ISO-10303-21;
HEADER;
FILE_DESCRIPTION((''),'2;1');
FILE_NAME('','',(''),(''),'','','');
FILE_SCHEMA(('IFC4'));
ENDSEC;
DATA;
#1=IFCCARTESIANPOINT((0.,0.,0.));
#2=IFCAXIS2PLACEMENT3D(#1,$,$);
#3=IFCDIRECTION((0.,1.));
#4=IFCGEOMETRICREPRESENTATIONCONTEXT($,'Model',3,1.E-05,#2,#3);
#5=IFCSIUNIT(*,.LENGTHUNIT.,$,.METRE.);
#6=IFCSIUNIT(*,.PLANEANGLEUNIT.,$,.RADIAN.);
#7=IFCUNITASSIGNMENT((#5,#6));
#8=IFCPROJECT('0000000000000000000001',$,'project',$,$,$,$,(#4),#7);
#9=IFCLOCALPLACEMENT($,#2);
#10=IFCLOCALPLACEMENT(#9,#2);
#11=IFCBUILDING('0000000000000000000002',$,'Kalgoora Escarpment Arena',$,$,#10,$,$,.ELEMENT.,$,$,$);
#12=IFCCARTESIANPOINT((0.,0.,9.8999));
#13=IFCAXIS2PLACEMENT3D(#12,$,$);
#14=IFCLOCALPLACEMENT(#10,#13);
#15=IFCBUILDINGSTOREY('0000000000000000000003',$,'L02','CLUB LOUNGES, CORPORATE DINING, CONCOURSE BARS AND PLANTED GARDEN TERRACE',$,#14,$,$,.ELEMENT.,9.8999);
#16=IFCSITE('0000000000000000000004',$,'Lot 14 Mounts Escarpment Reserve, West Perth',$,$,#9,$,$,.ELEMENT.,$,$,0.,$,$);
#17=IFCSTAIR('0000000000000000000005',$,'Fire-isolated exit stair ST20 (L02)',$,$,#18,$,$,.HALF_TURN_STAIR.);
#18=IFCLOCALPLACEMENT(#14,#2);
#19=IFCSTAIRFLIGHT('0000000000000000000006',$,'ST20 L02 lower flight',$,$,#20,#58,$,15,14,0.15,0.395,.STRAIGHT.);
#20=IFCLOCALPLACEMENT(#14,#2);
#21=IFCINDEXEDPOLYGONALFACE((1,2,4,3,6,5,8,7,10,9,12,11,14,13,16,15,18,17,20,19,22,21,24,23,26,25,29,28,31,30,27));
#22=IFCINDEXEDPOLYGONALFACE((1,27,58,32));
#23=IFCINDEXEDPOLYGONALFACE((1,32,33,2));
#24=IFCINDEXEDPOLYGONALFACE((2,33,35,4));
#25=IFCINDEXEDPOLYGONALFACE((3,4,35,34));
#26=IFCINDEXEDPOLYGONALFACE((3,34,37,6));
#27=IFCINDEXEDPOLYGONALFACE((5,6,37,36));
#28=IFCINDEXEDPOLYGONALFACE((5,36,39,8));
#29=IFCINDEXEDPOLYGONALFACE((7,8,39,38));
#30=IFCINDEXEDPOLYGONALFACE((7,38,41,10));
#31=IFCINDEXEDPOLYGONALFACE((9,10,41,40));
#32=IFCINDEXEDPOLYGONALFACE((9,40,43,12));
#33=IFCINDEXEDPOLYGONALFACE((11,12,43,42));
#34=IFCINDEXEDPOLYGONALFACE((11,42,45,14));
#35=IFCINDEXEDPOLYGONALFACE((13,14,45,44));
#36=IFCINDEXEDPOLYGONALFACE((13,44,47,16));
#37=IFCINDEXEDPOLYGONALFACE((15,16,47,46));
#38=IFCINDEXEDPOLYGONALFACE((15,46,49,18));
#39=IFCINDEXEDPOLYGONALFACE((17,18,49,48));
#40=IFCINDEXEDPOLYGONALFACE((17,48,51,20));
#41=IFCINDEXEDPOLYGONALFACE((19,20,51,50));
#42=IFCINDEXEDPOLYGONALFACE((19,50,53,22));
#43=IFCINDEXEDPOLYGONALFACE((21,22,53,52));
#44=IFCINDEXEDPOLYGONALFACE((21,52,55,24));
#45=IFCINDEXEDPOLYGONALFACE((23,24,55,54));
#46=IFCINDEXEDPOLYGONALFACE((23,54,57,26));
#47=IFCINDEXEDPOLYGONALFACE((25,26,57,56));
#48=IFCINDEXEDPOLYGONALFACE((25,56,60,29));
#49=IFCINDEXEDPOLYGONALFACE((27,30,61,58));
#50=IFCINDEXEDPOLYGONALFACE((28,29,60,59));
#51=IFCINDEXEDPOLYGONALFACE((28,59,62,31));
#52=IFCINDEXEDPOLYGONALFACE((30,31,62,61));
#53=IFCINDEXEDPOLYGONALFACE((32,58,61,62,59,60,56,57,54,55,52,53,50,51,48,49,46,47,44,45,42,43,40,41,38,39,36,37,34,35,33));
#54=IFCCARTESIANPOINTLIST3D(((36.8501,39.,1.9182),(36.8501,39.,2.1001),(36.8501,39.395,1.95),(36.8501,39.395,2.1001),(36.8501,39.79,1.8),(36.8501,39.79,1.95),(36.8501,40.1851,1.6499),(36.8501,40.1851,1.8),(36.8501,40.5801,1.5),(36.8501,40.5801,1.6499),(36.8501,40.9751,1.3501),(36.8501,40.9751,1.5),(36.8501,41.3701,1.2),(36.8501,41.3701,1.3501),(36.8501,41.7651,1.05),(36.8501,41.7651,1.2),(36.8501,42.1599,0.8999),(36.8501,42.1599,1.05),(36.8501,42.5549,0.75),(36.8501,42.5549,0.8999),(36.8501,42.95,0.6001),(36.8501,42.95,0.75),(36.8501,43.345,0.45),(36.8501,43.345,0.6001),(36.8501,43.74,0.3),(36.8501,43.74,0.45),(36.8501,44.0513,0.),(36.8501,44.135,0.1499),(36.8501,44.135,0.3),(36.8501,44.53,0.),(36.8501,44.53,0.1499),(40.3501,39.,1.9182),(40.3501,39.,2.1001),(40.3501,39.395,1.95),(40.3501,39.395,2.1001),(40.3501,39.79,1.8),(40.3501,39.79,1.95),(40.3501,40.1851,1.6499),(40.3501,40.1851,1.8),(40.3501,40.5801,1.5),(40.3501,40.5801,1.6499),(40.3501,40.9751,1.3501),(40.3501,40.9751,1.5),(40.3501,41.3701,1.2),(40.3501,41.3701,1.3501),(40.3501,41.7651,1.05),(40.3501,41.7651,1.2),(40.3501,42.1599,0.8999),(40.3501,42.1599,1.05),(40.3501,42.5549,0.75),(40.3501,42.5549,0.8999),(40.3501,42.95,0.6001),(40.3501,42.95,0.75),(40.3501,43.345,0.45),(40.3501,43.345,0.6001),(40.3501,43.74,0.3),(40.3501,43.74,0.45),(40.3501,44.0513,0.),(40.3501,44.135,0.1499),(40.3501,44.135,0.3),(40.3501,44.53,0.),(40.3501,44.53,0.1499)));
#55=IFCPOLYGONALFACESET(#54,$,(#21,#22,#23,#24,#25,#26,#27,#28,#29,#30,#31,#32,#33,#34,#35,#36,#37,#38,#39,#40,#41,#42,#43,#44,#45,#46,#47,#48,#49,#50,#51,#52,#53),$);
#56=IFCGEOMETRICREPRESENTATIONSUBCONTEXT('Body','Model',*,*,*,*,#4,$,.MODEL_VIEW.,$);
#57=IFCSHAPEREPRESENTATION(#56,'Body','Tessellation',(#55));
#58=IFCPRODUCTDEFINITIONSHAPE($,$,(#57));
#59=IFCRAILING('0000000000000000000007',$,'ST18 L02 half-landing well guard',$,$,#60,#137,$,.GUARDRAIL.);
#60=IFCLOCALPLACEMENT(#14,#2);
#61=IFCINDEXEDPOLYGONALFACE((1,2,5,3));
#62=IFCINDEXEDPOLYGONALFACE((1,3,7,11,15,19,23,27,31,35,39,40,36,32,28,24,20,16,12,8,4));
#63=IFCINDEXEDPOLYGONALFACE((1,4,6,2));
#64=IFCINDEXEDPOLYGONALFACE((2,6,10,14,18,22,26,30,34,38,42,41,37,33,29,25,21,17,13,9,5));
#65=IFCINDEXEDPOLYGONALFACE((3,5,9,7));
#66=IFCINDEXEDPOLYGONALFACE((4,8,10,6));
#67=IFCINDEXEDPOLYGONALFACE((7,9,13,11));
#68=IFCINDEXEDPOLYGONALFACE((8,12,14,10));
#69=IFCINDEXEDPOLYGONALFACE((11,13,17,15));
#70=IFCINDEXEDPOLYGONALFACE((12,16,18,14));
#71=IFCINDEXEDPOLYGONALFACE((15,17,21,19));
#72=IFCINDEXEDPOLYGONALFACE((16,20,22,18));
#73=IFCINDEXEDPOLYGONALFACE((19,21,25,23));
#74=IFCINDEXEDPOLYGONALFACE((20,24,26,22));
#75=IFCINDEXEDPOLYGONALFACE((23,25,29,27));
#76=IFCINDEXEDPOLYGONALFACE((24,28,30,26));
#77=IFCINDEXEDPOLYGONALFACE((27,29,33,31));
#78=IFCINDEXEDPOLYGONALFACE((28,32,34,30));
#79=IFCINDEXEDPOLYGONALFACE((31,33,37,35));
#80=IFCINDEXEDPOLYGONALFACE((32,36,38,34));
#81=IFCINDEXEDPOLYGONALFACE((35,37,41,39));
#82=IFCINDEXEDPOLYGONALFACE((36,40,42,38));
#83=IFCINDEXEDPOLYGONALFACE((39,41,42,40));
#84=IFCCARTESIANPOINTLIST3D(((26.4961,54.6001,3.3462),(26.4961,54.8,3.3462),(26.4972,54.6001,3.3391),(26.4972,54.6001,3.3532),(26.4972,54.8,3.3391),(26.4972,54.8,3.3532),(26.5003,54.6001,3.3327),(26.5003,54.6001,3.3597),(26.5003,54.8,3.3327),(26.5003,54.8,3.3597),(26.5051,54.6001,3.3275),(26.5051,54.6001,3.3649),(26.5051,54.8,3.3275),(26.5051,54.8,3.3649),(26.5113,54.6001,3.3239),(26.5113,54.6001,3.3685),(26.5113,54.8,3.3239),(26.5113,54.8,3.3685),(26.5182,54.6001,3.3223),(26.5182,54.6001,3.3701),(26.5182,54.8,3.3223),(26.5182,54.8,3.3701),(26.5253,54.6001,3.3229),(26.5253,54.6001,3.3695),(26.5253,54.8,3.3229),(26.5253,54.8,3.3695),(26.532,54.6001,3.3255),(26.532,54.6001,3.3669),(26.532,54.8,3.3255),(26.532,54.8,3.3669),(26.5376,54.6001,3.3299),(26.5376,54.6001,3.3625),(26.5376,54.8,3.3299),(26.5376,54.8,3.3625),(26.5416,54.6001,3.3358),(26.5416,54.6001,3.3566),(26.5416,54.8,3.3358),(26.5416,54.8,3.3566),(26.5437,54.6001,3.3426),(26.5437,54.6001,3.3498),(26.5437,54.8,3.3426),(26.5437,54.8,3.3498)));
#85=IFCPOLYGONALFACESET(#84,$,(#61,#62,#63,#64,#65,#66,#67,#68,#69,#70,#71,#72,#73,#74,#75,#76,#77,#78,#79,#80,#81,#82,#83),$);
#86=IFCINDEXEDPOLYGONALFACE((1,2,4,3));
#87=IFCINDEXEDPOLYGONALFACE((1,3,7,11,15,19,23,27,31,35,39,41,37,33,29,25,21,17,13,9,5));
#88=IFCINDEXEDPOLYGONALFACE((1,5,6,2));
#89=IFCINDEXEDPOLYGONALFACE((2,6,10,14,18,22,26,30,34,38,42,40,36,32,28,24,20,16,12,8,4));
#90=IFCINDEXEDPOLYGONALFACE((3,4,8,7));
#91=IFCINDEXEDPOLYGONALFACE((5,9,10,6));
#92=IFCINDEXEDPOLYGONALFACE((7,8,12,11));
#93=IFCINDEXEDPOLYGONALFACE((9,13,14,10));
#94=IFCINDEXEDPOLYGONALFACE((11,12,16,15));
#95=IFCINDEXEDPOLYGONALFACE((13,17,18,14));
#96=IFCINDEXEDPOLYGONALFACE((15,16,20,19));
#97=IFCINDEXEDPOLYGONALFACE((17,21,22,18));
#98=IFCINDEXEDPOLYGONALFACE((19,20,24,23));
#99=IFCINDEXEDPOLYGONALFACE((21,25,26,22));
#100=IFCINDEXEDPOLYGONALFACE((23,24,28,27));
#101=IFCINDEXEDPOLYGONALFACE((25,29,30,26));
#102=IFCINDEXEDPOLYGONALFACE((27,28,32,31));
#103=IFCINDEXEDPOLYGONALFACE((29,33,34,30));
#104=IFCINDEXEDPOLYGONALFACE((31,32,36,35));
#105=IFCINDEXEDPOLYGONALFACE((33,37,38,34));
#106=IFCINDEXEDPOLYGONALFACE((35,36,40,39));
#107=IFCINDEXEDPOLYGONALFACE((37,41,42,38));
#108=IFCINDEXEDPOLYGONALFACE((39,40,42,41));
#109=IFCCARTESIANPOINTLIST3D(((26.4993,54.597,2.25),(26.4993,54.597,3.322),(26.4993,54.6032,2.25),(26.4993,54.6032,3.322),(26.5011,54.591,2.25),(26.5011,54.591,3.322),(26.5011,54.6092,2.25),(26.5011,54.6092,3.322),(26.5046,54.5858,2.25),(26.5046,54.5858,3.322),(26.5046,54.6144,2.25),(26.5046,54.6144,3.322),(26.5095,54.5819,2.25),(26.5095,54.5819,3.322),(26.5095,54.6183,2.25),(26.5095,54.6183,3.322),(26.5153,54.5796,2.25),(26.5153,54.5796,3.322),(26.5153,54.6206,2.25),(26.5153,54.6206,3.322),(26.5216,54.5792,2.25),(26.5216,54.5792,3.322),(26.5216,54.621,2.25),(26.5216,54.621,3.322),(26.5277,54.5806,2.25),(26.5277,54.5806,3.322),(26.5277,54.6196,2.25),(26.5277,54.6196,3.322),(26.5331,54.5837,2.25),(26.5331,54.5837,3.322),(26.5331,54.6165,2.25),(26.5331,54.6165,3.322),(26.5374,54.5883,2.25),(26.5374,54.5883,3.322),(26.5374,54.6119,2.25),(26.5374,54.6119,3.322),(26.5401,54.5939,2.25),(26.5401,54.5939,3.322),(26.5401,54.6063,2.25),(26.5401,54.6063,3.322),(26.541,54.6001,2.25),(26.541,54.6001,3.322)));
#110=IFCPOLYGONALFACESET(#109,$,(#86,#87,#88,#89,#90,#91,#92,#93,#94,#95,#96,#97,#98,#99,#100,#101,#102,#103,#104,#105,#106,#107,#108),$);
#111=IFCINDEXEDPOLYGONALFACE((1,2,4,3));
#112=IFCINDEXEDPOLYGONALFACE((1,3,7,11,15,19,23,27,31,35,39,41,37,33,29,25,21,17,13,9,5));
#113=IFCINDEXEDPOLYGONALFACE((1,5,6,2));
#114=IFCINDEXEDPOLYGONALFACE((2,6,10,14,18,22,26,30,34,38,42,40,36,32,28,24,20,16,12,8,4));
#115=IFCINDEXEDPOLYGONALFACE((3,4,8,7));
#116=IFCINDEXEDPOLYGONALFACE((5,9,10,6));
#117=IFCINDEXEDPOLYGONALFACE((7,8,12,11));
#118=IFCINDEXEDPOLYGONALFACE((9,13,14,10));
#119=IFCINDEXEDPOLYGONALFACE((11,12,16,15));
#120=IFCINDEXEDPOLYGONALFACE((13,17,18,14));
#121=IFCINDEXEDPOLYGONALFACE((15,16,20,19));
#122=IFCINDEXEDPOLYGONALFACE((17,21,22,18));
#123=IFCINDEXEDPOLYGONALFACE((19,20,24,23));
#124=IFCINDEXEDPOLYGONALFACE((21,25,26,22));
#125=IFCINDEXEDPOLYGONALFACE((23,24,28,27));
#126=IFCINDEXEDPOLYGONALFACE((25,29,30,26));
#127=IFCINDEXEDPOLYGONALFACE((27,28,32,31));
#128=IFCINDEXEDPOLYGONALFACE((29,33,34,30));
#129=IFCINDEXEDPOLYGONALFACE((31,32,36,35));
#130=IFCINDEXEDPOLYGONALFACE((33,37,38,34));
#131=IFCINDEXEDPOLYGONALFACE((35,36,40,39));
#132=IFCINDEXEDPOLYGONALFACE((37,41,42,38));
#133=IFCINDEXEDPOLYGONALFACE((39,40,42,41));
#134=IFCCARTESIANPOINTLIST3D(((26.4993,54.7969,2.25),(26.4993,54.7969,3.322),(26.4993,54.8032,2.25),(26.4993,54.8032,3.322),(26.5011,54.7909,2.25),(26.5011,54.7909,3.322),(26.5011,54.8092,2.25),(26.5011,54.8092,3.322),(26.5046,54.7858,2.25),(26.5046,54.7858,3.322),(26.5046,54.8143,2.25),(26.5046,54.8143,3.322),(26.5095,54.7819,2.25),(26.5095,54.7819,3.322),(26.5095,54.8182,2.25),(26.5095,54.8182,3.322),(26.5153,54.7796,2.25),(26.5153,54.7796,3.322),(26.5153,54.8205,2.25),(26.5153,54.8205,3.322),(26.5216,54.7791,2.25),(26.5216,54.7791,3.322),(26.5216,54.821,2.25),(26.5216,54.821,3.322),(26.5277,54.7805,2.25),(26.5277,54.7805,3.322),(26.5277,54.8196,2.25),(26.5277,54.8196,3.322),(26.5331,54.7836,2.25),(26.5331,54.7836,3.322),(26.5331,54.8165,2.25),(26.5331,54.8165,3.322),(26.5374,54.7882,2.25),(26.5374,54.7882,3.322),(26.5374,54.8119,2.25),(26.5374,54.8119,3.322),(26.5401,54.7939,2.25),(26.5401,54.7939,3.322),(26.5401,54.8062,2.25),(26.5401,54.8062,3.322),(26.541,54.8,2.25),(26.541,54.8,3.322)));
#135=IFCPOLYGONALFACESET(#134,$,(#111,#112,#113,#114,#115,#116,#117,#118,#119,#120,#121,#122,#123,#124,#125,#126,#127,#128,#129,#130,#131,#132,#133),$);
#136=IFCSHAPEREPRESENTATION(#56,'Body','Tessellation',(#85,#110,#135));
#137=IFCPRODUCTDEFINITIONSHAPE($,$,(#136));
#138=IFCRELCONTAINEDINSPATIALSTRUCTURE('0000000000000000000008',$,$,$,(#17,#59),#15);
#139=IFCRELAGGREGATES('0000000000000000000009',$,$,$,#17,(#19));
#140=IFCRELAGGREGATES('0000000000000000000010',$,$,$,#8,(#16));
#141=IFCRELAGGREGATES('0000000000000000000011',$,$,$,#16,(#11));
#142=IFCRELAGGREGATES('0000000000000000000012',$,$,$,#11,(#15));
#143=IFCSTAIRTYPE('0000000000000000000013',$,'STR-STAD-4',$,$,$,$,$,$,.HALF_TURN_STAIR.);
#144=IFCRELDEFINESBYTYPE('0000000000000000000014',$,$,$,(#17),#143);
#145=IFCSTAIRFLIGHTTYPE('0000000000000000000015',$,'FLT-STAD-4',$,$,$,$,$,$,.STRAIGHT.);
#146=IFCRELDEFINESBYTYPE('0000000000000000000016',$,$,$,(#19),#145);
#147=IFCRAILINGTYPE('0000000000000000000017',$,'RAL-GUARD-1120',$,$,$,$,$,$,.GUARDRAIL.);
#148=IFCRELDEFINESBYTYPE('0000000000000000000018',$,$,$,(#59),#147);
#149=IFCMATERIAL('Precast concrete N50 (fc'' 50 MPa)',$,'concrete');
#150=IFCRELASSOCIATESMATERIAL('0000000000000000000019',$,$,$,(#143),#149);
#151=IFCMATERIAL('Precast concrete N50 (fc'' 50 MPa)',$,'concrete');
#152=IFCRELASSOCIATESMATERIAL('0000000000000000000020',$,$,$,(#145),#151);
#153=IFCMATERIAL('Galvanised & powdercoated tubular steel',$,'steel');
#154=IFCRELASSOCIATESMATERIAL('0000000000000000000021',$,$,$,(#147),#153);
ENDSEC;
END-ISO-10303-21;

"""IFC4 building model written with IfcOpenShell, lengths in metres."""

from ifc_helpers import new_model, si_unit, direction, frame, origin, origin_2d, place, context, subcontext, project, spatial, polyline, circle, outline, extrude, material, type_object, element, aggregate, save


model = new_model("IFC4")

# Units and contexts
model_context = context("Model", 3, precision=1e-05, world=origin(), true_north=direction((0.0, 1.0)))
body_context = subcontext(model_context, "Body", "Model", "MODEL_VIEW")
ifc_project = project(units=[si_unit("LENGTHUNIT", "METRE"), si_unit("PLANEANGLEUNIT", "RADIAN")], contexts=[model_context])

# Site, building, storey
site_placement = place(None, origin())
site = spatial("IfcSite", under=ifc_project, at=site_placement, Name="Lot 14 Mounts Escarpment Reserve, West Perth", CompositionType="ELEMENT", RefElevation=0.0)
building_placement = place(site_placement, origin())
building = spatial("IfcBuilding", under=site, at=building_placement, Name="Kalgoora Escarpment Arena", CompositionType="ELEMENT")
storey_placement = place(building_placement, frame((0.0, 0.0, 9.8999)))
storey = spatial("IfcBuildingStorey", under=building, at=storey_placement, Name="L02", Description="CLUB LOUNGES, CORPORATE DINING, CONCOURSE BARS AND PLANTED GARDEN TERRACE", CompositionType="ELEMENT", Elevation=9.8999)

# Stair, stair flight
ifc_material_1 = material(Name="Precast concrete N50 (fc' 50 MPa)", Category="concrete")
stair_type_1 = type_object("IfcStairType", Name="STR-STAD-4", PredefinedType="HALF_TURN_STAIR", material=ifc_material_1)
stair_1_placement = place(storey_placement, origin())
stair_1 = element("IfcStair", 1, at=stair_1_placement, inside=storey, type_object=stair_type_1, Name="Fire-isolated exit stair ST20 (L02)", PredefinedType="HALF_TURN_STAIR")
ifc_material_2 = material(Name="Precast concrete N50 (fc' 50 MPa)", Category="concrete")
stair_flight_type_1 = type_object("IfcStairFlightType", Name="FLT-STAD-4", PredefinedType="STRAIGHT", material=ifc_material_2)
stair_flight_1_placement = place(storey_placement, frame((38.6001, 44.53, 0.0), z_axis=(0.0, 0.0, 1.0), x_axis=(0.0, -1.0, 0.0)))
stair_flight_1 = element("IfcStairFlight", 2, at=stair_flight_1_placement, type_object=stair_flight_type_1, Name="ST20 L02 lower flight", NumberOfRisers=15, NumberOfTreads=14, PredefinedType="STRAIGHT", RiserHeight=0.15, TreadLength=0.395, context=body_context, shape_type="SweptSolid", body=[
    extrude(outline(polyline([(0.0, 0.0), (0.0, 0.1499), (0.395, 0.1499), (0.395, 0.3), (0.79, 0.3), (0.79, 0.45), (1.1851, 0.45), (1.1851, 0.6001), (1.5801, 0.6001), (1.5801, 0.75), (1.9751, 0.75), (1.9751, 0.8999), (2.3701, 0.8999), (2.3701, 1.05), (2.7649, 1.05), (2.7649, 1.2), (3.1599, 1.2), (3.1599, 1.3501), (3.5549, 1.3501), (3.5549, 1.5), (3.95, 1.5), (3.95, 1.6499), (4.345, 1.6499), (4.345, 1.8), (4.74, 1.8), (4.74, 1.95), (5.135, 1.95), (5.135, 2.1001), (5.53, 2.1001), (5.53, 2.25), (5.53, 1.9182), (0.4788, 0.0), (0.0, 0.0)])), frame((0.0, 1.75, 0.0), z_axis=(0.0, -1.0, 0.0), x_axis=(1.0, 0.0, 0.0)), (0.0, 0.0, 1.0), 3.5),
])
aggregate(stair_1, [stair_flight_1])

# Railing
ifc_material_3 = material(Name="Galvanised & powdercoated tubular steel", Category="steel")
railing_type_1 = type_object("IfcRailingType", Name="RAL-GUARD-1120", PredefinedType="GUARDRAIL", material=ifc_material_3)
railing_1_placement = place(storey_placement, frame((26.52, 54.6001, 2.25)))
element("IfcRailing", 3, at=railing_1_placement, inside=storey, type_object=railing_type_1, Name="ST18 L02 half-landing well guard", PredefinedType="GUARDRAIL", context=body_context, shape_type="SweptSolid", body=[
    extrude(circle(Radius=0.0239, at=origin_2d()), frame((0.0, 0.0, 1.0962), z_axis=(0.0, 1.0, 0.0), x_axis=(-1.0, 0.0, 0.0)), (0.0, 0.0, 1.0), 0.2),
    extrude(circle(Radius=0.021, at=origin_2d()), origin(), (0.0, 0.0, 1.0), 1.072),
    extrude(circle(Radius=0.021, at=origin_2d()), frame((0.0, 0.2, 0.0)), (0.0, 0.0, 1.0), 1.072),
])

save(model, "model.ifc")
